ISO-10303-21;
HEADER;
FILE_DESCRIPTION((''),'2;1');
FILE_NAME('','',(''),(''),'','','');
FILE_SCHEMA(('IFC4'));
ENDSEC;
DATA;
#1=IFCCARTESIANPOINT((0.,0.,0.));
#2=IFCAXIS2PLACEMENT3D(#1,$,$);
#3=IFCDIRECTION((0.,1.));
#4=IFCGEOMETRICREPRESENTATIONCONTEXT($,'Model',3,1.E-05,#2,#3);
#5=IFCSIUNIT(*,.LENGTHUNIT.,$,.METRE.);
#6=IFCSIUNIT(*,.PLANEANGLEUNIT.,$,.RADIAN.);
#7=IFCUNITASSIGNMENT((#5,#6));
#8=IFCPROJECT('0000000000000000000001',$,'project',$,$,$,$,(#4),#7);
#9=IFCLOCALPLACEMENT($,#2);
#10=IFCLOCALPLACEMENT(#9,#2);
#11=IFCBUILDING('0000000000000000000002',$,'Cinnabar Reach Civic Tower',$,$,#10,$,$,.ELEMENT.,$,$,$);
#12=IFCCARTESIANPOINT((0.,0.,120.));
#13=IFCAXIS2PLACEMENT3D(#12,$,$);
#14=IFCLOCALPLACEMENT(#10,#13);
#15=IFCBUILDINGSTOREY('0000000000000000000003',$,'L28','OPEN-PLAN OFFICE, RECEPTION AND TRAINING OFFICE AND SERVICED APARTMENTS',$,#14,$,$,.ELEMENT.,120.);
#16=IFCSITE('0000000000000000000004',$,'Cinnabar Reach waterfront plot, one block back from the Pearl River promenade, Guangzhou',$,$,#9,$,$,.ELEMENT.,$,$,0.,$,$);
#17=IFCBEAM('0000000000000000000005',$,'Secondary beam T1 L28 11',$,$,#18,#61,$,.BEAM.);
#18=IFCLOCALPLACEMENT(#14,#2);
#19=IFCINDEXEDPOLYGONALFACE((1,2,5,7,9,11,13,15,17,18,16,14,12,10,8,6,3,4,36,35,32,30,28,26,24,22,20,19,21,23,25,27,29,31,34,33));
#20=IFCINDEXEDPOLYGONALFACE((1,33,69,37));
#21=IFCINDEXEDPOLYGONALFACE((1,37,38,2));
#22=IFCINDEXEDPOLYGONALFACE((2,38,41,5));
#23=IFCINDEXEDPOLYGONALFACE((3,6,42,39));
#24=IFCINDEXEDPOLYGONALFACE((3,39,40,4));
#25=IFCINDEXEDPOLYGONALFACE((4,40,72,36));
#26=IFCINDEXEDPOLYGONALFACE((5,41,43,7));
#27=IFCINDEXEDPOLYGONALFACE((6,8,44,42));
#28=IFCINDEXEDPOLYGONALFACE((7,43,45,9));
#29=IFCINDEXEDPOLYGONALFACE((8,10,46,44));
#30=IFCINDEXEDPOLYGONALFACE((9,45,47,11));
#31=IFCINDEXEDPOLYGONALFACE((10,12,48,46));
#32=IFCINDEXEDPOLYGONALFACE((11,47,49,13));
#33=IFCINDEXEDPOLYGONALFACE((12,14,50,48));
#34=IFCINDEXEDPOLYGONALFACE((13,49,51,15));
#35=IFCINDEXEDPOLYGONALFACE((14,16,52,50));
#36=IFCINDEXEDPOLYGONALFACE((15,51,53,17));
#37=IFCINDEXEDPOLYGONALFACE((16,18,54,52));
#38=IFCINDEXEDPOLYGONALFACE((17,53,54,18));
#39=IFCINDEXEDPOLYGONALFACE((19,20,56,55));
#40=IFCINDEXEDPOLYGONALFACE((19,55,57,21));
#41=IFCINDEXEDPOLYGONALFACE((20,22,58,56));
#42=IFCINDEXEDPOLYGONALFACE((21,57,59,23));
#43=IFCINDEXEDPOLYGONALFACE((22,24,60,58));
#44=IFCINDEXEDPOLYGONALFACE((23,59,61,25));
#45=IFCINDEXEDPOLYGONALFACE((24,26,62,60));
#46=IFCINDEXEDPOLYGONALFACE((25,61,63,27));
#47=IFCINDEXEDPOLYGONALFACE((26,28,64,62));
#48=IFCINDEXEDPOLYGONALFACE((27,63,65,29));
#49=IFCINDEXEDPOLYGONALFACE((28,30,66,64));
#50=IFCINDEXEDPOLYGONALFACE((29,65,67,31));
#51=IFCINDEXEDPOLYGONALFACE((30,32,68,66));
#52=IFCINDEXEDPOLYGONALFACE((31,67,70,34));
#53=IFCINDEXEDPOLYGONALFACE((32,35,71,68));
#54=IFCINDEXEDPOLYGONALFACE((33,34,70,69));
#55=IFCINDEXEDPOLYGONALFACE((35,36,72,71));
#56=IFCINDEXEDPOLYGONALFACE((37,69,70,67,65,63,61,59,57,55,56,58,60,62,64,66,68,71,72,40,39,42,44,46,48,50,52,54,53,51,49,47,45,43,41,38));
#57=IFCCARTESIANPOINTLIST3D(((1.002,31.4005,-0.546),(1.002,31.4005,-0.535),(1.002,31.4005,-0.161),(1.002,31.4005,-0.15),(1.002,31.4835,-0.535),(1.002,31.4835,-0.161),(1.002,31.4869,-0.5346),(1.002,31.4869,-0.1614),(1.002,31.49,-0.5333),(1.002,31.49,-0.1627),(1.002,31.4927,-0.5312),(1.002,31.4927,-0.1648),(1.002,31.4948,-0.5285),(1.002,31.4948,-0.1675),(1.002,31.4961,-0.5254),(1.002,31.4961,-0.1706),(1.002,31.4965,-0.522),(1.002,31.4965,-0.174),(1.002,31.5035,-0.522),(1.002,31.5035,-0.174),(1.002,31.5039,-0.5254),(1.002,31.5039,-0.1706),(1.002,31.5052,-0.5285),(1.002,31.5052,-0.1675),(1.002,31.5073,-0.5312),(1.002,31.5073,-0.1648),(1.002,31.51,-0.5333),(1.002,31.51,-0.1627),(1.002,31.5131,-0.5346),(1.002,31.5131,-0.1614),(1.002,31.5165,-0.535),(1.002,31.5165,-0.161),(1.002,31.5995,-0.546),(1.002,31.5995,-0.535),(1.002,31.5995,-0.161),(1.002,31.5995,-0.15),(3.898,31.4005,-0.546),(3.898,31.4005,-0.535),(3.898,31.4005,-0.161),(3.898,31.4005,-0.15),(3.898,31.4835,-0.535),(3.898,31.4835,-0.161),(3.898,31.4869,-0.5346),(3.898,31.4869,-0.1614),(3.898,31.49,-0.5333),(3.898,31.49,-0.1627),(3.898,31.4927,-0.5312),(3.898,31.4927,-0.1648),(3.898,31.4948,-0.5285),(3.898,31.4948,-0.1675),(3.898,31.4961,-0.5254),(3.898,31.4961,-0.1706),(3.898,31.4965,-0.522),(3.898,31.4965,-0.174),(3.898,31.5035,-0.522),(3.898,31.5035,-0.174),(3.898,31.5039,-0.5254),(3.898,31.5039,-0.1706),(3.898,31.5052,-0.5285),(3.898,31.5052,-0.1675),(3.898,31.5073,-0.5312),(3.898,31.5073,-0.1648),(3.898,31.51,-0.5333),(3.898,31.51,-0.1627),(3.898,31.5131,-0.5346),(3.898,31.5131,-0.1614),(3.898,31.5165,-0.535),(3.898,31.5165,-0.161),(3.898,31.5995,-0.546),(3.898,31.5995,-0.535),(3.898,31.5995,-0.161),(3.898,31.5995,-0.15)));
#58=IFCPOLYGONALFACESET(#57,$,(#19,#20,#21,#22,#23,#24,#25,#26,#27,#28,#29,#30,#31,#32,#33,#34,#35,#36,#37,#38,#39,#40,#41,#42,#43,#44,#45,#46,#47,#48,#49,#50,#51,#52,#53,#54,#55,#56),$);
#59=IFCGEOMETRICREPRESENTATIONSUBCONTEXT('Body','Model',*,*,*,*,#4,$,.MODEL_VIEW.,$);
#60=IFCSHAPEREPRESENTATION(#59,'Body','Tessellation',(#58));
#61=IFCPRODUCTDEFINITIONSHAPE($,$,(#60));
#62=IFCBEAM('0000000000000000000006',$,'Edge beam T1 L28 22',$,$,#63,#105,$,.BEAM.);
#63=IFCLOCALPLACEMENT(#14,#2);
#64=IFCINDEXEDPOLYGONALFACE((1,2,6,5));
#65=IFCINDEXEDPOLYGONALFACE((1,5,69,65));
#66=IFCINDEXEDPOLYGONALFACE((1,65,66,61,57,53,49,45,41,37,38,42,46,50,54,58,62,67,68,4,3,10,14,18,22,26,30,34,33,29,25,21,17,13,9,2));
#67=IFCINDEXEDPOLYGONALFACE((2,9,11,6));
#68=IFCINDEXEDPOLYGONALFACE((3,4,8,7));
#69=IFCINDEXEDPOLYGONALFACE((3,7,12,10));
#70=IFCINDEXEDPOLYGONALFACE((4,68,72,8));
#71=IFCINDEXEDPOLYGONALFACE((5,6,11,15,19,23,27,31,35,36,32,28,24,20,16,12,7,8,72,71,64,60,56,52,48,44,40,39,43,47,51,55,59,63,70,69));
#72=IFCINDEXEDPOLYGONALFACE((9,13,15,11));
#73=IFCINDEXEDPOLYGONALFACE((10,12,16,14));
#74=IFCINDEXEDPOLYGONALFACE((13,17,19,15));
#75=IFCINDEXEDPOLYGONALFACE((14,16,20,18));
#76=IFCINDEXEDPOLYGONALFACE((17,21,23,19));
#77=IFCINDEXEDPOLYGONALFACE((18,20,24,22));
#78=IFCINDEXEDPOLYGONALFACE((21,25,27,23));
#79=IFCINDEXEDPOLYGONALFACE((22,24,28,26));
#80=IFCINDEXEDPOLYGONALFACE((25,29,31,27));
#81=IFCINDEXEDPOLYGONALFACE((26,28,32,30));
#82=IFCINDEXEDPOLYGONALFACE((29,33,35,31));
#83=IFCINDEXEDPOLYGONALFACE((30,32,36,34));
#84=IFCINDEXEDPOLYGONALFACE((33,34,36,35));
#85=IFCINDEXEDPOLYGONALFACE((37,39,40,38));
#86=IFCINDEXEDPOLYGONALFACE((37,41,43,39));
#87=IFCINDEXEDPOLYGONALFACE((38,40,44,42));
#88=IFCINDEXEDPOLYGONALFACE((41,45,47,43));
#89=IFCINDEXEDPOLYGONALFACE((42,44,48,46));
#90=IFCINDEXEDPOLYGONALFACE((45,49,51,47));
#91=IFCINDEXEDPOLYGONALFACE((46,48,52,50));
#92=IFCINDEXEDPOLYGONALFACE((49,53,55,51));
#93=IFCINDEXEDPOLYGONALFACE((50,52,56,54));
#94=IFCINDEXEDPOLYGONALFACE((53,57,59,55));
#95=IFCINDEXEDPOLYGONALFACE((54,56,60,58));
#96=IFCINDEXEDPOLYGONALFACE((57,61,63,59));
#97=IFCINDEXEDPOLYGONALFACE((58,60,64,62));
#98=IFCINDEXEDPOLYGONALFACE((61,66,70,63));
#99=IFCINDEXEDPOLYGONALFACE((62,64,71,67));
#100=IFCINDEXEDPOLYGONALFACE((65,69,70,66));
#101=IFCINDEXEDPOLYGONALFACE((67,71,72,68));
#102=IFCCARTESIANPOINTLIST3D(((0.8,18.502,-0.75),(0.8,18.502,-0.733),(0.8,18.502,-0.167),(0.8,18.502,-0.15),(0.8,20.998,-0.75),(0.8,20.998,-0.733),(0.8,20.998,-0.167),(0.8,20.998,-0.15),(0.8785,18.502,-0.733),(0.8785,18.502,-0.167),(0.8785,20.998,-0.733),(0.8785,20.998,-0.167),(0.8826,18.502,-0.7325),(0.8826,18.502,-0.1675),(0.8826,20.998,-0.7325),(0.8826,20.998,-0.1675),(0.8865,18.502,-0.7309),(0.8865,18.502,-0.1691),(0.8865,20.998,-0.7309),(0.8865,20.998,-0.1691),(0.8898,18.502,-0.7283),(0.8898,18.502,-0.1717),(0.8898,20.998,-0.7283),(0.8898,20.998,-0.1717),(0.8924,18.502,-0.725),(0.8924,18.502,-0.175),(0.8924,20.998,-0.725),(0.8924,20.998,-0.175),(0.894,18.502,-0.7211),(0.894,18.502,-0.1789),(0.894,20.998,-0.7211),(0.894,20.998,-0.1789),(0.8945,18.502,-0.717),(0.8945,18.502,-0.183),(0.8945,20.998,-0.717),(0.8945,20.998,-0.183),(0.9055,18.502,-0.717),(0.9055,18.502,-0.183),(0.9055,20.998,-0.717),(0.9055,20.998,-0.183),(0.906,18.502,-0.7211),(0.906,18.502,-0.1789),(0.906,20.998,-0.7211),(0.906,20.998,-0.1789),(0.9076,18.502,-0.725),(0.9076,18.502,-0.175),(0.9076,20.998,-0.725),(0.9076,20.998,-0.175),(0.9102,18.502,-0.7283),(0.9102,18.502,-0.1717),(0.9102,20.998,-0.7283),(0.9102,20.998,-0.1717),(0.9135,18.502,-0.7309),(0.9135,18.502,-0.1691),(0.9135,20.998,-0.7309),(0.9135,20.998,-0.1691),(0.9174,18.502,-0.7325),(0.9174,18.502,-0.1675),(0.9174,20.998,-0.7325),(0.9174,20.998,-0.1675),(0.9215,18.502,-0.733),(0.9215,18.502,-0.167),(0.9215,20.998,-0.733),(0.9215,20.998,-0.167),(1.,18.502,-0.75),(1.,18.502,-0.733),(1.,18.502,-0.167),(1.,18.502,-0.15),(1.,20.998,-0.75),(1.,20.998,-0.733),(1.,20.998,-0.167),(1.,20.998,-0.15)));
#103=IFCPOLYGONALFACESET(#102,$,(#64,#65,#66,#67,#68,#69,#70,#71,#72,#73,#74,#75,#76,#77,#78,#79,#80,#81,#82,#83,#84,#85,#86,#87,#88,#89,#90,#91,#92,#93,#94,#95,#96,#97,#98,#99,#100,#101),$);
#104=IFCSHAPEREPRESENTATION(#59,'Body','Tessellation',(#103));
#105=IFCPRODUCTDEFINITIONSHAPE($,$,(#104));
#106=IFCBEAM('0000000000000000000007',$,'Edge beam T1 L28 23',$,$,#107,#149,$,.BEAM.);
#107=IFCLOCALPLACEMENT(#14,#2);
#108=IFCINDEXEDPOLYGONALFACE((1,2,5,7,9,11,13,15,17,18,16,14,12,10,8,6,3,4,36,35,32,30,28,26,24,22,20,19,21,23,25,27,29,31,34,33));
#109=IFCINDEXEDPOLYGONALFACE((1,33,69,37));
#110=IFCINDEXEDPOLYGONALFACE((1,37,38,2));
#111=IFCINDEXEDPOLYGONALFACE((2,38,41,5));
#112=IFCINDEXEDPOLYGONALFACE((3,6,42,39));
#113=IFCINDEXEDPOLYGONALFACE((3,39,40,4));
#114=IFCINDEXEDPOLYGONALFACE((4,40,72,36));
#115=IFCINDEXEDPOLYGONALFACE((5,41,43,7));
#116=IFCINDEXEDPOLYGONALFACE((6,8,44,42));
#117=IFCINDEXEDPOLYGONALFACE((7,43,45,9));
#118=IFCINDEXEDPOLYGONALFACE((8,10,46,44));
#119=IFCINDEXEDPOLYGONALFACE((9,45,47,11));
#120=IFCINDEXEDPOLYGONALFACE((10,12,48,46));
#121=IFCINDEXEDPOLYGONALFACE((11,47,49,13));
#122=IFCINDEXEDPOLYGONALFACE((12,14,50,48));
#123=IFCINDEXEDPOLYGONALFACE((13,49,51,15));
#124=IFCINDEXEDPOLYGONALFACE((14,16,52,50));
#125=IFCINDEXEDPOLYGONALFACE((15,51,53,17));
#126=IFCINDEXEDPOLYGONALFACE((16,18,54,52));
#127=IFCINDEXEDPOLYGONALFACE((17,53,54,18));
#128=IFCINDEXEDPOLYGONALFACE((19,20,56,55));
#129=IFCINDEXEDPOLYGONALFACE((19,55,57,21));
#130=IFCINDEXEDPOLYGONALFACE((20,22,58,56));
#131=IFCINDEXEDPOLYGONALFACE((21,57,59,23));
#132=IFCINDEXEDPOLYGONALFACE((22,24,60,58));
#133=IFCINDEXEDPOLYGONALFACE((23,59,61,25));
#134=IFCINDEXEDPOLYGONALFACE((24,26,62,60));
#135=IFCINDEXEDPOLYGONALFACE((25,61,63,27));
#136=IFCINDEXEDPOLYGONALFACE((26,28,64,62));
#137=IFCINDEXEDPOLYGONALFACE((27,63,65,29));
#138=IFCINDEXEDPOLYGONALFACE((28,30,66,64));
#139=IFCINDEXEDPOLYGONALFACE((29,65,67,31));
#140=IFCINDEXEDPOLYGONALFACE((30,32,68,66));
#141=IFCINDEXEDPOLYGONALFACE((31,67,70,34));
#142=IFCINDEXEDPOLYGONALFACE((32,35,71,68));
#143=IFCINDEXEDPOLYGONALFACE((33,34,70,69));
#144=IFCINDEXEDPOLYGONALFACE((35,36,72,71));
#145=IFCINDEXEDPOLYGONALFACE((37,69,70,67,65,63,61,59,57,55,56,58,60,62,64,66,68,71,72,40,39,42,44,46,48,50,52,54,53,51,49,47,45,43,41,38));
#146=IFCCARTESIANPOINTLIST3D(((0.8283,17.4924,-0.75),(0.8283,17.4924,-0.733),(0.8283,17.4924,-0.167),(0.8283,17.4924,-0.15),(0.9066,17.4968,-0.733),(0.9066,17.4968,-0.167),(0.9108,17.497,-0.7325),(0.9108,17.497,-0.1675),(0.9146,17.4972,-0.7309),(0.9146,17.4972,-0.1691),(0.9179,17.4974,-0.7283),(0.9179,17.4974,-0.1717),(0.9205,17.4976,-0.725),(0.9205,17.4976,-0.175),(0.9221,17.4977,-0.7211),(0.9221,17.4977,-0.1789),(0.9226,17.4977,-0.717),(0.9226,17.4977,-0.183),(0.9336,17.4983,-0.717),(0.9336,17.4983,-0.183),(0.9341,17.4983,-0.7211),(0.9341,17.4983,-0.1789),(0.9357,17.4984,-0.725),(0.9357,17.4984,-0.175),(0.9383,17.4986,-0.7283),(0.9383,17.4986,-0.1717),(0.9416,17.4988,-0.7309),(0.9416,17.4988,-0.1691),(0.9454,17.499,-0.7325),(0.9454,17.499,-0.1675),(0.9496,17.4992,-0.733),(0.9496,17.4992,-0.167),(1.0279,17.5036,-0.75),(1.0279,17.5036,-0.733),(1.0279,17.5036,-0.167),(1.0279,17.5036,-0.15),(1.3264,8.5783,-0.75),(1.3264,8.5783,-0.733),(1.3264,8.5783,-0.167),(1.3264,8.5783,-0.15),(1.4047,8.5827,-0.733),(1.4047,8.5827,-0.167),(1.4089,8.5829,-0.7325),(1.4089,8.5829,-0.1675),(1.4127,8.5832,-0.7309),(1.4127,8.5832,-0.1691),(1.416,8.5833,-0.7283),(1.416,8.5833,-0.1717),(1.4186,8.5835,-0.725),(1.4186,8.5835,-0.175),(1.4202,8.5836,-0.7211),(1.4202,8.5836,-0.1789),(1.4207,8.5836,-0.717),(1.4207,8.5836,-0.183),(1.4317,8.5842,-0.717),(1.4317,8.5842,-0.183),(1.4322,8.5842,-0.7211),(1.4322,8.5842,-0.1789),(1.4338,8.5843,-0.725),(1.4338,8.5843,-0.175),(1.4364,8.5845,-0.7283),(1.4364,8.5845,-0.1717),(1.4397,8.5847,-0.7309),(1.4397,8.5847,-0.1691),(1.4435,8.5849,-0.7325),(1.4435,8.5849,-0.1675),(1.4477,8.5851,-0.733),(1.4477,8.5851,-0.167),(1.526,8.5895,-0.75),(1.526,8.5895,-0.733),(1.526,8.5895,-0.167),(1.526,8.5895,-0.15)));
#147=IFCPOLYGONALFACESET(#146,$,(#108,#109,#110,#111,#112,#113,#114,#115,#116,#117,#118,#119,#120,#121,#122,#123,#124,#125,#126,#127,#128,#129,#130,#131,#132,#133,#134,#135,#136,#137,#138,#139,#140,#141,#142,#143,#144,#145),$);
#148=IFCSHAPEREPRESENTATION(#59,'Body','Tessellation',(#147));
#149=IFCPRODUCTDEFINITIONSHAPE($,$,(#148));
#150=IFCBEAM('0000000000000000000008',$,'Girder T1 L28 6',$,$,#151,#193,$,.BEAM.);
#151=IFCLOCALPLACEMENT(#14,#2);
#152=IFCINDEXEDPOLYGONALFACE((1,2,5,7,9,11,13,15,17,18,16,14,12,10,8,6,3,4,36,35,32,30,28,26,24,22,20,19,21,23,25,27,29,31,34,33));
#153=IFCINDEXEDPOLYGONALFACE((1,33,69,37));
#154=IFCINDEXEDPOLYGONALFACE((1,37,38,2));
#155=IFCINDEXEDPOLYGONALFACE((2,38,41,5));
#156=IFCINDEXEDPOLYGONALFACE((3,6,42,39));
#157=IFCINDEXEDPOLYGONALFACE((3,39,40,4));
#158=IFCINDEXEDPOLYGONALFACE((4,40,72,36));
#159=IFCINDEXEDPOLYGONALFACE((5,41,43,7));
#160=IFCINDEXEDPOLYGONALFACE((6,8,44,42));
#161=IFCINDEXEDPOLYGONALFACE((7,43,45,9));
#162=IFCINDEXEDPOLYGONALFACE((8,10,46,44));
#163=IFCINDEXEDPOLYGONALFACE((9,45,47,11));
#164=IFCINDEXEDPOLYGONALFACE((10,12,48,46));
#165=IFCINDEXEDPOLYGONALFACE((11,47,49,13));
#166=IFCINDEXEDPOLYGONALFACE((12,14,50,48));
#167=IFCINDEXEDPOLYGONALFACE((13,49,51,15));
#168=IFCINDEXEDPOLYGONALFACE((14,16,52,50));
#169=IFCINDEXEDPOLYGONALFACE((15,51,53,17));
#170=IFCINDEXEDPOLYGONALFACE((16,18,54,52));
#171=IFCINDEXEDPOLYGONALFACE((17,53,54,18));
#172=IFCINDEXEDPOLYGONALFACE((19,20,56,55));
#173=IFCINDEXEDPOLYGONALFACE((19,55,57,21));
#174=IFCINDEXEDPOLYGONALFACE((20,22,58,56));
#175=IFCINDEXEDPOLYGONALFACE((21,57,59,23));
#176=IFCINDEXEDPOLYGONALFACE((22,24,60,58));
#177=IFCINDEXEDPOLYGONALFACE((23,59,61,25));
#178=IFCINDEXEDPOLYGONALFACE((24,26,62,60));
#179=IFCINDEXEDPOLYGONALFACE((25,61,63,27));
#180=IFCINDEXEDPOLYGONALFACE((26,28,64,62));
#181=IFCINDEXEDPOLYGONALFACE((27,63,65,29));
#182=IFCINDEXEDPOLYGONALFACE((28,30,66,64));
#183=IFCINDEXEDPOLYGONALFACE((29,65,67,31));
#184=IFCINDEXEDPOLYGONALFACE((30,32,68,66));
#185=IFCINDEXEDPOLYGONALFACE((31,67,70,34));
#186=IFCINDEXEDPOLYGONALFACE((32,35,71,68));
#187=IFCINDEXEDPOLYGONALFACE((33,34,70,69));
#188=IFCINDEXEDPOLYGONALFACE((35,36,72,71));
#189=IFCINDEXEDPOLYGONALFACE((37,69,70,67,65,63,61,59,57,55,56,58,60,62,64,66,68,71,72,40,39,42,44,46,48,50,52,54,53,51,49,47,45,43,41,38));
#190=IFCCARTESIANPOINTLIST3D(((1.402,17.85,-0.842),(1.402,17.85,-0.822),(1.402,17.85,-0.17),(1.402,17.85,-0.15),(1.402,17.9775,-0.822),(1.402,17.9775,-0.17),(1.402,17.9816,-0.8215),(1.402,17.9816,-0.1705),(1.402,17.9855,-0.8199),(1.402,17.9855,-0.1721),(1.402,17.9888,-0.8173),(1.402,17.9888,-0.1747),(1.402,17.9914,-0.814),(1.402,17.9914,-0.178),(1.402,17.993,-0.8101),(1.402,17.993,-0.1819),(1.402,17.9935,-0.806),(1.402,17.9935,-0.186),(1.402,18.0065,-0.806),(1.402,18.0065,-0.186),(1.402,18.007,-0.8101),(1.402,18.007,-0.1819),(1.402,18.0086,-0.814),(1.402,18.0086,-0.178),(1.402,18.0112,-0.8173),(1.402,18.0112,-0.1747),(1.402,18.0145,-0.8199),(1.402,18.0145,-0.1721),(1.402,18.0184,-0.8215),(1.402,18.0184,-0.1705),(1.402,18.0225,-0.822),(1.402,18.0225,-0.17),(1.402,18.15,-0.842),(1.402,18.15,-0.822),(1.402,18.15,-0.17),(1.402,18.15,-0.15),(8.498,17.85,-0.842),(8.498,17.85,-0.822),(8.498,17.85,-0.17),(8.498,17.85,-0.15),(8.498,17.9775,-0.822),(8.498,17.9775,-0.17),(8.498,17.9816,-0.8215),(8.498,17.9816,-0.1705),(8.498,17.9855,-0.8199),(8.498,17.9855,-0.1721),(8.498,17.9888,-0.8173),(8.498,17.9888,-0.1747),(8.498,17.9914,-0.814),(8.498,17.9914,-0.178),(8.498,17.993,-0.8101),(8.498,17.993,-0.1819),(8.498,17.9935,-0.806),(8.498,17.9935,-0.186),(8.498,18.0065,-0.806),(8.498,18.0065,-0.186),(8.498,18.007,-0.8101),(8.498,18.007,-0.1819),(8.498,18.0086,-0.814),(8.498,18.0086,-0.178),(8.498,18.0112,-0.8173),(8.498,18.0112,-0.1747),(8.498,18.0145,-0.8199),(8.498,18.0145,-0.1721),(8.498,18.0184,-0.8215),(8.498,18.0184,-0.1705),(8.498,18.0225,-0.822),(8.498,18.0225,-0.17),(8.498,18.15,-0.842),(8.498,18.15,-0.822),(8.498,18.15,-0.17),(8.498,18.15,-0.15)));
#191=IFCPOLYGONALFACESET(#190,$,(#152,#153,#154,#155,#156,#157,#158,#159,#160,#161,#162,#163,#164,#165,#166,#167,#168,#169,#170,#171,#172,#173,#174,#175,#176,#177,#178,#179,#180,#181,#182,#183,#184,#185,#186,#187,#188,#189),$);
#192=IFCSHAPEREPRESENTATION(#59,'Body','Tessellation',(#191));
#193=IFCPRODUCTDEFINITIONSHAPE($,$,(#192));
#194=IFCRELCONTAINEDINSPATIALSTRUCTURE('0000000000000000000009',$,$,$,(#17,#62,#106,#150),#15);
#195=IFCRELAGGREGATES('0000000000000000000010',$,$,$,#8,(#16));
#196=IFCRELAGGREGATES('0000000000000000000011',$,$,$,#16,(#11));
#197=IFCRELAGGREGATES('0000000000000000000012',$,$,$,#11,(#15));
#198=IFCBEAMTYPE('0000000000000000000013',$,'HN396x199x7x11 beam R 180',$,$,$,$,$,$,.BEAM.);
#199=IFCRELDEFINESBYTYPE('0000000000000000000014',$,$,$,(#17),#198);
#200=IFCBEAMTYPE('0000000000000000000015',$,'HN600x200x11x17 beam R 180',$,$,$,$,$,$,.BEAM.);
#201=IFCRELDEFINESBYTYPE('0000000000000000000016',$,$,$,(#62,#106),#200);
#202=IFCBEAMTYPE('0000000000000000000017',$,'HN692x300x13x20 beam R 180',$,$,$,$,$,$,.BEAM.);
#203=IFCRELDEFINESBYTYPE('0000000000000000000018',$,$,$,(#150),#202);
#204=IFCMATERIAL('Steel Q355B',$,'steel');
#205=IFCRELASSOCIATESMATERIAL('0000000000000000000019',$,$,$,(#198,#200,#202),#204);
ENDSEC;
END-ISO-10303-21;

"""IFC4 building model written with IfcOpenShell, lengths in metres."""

from ifc_helpers import new_model, si_unit, direction, frame, origin, origin_2d, place, context, subcontext, project, spatial, i_section, extrude, material, material_profile, profile_set, type_object, element, save


model = new_model("IFC4")

# Units and contexts
model_context = context("Model", 3, precision=1e-05, world=origin(), true_north=direction((0.0, 1.0)))
body_context = subcontext(model_context, "Body", "Model", "MODEL_VIEW")
ifc_project = project(units=[si_unit("LENGTHUNIT", "METRE"), si_unit("PLANEANGLEUNIT", "RADIAN")], contexts=[model_context])

# Site, building, storey
site_placement = place(None, origin())
site = spatial("IfcSite", under=ifc_project, at=site_placement, Name="Cinnabar Reach waterfront plot, one block back from the Pearl River promenade, Guangzhou", CompositionType="ELEMENT", RefElevation=0.0)
building_placement = place(site_placement, origin())
building = spatial("IfcBuilding", under=site, at=building_placement, Name="Cinnabar Reach Civic Tower", CompositionType="ELEMENT")
storey_placement = place(building_placement, frame((0.0, 0.0, 120.0)))
storey = spatial("IfcBuildingStorey", under=building, at=storey_placement, Name="L28", Description="OPEN-PLAN OFFICE, RECEPTION AND TRAINING OFFICE AND SERVICED APARTMENTS", CompositionType="ELEMENT", Elevation=120.0)

# Beams
ifc_material_1 = material(Name="Steel Q355B", Category="steel")
ifc_material_profile_1 = material_profile(ifc_material_1, i_section(OverallWidth=0.199, OverallDepth=0.396, WebThickness=0.007, FlangeThickness=0.011, FilletRadius=0.013, at=origin_2d()), Name="HN396x199x7x11")
ifc_profile_set_1 = profile_set([ifc_material_profile_1], Name="Steel Q355B")
beam_type_1 = type_object("IfcBeamType", Name="HN396x199x7x11 beam R 180", PredefinedType="BEAM", material=ifc_profile_set_1)
beam_1_placement = place(storey_placement, frame((1.002, 31.5, -0.348), z_axis=(1.0, 0.0, 0.0), x_axis=(0.0, 1.0, 0.0)))
element("IfcBeam", 1, at=beam_1_placement, inside=storey, type_object=beam_type_1, Name="Secondary beam T1 L28 11", PredefinedType="BEAM", context=body_context, shape_type="SweptSolid", body=[
    extrude(i_section(OverallWidth=0.199, OverallDepth=0.396, WebThickness=0.007, FlangeThickness=0.011, FilletRadius=0.013, at=origin_2d()), origin(), (0.0, 0.0, 1.0), 2.896),
])
ifc_material_profile_2 = material_profile(ifc_material_1, i_section(OverallWidth=0.2, OverallDepth=0.6, WebThickness=0.011, FlangeThickness=0.017, FilletRadius=0.016, at=origin_2d()), Name="HN600x200x11x17")
ifc_profile_set_2 = profile_set([ifc_material_profile_2], Name="Steel Q355B")
beam_type_2 = type_object("IfcBeamType", Name="HN600x200x11x17 beam R 180", PredefinedType="BEAM", material=ifc_profile_set_2)
beam_2_placement = place(storey_placement, frame((0.9, 20.998, -0.45), z_axis=(0.0, -1.0, 0.0), x_axis=(1.0, 0.0, 0.0)))
element("IfcBeam", 2, at=beam_2_placement, inside=storey, type_object=beam_type_2, Name="Edge beam T1 L28 22", PredefinedType="BEAM", context=body_context, shape_type="SweptSolid", body=[
    extrude(i_section(OverallWidth=0.2, OverallDepth=0.6, WebThickness=0.011, FlangeThickness=0.017, FilletRadius=0.016, at=origin_2d()), origin(), (0.0, 0.0, 1.0), 2.496),
])
beam_3_placement = place(storey_placement, frame((0.9281, 17.498, -0.45), z_axis=(0.055791, -0.998442, 0.0), x_axis=(0.998442, 0.055791, 0.0)))
element("IfcBeam", 3, at=beam_3_placement, inside=storey, type_object=beam_type_2, Name="Edge beam T1 L28 23", PredefinedType="BEAM", context=body_context, shape_type="SweptSolid", body=[
    extrude(i_section(OverallWidth=0.2, OverallDepth=0.6, WebThickness=0.011, FlangeThickness=0.017, FilletRadius=0.016, at=origin_2d()), origin(), (0.0, 0.0, 1.0), 8.928),
])
ifc_material_profile_3 = material_profile(ifc_material_1, i_section(OverallWidth=0.3, OverallDepth=0.692, WebThickness=0.013, FlangeThickness=0.02, FilletRadius=0.016, at=origin_2d()), Name="HN692x300x13x20")
ifc_profile_set_3 = profile_set([ifc_material_profile_3], Name="Steel Q355B")
beam_type_3 = type_object("IfcBeamType", Name="HN692x300x13x20 beam R 180", PredefinedType="BEAM", material=ifc_profile_set_3)
beam_4_placement = place(storey_placement, frame((1.402, 18.0, -0.496), z_axis=(1.0, 0.0, 0.0), x_axis=(0.0, 1.0, 0.0)))
element("IfcBeam", 4, at=beam_4_placement, inside=storey, type_object=beam_type_3, Name="Girder T1 L28 6", PredefinedType="BEAM", context=body_context, shape_type="SweptSolid", body=[
    extrude(i_section(OverallWidth=0.3, OverallDepth=0.692, WebThickness=0.013, FlangeThickness=0.02, FilletRadius=0.016, at=origin_2d()), origin(), (0.0, 0.0, 1.0), 7.096),
])

save(model, "model.ifc")
